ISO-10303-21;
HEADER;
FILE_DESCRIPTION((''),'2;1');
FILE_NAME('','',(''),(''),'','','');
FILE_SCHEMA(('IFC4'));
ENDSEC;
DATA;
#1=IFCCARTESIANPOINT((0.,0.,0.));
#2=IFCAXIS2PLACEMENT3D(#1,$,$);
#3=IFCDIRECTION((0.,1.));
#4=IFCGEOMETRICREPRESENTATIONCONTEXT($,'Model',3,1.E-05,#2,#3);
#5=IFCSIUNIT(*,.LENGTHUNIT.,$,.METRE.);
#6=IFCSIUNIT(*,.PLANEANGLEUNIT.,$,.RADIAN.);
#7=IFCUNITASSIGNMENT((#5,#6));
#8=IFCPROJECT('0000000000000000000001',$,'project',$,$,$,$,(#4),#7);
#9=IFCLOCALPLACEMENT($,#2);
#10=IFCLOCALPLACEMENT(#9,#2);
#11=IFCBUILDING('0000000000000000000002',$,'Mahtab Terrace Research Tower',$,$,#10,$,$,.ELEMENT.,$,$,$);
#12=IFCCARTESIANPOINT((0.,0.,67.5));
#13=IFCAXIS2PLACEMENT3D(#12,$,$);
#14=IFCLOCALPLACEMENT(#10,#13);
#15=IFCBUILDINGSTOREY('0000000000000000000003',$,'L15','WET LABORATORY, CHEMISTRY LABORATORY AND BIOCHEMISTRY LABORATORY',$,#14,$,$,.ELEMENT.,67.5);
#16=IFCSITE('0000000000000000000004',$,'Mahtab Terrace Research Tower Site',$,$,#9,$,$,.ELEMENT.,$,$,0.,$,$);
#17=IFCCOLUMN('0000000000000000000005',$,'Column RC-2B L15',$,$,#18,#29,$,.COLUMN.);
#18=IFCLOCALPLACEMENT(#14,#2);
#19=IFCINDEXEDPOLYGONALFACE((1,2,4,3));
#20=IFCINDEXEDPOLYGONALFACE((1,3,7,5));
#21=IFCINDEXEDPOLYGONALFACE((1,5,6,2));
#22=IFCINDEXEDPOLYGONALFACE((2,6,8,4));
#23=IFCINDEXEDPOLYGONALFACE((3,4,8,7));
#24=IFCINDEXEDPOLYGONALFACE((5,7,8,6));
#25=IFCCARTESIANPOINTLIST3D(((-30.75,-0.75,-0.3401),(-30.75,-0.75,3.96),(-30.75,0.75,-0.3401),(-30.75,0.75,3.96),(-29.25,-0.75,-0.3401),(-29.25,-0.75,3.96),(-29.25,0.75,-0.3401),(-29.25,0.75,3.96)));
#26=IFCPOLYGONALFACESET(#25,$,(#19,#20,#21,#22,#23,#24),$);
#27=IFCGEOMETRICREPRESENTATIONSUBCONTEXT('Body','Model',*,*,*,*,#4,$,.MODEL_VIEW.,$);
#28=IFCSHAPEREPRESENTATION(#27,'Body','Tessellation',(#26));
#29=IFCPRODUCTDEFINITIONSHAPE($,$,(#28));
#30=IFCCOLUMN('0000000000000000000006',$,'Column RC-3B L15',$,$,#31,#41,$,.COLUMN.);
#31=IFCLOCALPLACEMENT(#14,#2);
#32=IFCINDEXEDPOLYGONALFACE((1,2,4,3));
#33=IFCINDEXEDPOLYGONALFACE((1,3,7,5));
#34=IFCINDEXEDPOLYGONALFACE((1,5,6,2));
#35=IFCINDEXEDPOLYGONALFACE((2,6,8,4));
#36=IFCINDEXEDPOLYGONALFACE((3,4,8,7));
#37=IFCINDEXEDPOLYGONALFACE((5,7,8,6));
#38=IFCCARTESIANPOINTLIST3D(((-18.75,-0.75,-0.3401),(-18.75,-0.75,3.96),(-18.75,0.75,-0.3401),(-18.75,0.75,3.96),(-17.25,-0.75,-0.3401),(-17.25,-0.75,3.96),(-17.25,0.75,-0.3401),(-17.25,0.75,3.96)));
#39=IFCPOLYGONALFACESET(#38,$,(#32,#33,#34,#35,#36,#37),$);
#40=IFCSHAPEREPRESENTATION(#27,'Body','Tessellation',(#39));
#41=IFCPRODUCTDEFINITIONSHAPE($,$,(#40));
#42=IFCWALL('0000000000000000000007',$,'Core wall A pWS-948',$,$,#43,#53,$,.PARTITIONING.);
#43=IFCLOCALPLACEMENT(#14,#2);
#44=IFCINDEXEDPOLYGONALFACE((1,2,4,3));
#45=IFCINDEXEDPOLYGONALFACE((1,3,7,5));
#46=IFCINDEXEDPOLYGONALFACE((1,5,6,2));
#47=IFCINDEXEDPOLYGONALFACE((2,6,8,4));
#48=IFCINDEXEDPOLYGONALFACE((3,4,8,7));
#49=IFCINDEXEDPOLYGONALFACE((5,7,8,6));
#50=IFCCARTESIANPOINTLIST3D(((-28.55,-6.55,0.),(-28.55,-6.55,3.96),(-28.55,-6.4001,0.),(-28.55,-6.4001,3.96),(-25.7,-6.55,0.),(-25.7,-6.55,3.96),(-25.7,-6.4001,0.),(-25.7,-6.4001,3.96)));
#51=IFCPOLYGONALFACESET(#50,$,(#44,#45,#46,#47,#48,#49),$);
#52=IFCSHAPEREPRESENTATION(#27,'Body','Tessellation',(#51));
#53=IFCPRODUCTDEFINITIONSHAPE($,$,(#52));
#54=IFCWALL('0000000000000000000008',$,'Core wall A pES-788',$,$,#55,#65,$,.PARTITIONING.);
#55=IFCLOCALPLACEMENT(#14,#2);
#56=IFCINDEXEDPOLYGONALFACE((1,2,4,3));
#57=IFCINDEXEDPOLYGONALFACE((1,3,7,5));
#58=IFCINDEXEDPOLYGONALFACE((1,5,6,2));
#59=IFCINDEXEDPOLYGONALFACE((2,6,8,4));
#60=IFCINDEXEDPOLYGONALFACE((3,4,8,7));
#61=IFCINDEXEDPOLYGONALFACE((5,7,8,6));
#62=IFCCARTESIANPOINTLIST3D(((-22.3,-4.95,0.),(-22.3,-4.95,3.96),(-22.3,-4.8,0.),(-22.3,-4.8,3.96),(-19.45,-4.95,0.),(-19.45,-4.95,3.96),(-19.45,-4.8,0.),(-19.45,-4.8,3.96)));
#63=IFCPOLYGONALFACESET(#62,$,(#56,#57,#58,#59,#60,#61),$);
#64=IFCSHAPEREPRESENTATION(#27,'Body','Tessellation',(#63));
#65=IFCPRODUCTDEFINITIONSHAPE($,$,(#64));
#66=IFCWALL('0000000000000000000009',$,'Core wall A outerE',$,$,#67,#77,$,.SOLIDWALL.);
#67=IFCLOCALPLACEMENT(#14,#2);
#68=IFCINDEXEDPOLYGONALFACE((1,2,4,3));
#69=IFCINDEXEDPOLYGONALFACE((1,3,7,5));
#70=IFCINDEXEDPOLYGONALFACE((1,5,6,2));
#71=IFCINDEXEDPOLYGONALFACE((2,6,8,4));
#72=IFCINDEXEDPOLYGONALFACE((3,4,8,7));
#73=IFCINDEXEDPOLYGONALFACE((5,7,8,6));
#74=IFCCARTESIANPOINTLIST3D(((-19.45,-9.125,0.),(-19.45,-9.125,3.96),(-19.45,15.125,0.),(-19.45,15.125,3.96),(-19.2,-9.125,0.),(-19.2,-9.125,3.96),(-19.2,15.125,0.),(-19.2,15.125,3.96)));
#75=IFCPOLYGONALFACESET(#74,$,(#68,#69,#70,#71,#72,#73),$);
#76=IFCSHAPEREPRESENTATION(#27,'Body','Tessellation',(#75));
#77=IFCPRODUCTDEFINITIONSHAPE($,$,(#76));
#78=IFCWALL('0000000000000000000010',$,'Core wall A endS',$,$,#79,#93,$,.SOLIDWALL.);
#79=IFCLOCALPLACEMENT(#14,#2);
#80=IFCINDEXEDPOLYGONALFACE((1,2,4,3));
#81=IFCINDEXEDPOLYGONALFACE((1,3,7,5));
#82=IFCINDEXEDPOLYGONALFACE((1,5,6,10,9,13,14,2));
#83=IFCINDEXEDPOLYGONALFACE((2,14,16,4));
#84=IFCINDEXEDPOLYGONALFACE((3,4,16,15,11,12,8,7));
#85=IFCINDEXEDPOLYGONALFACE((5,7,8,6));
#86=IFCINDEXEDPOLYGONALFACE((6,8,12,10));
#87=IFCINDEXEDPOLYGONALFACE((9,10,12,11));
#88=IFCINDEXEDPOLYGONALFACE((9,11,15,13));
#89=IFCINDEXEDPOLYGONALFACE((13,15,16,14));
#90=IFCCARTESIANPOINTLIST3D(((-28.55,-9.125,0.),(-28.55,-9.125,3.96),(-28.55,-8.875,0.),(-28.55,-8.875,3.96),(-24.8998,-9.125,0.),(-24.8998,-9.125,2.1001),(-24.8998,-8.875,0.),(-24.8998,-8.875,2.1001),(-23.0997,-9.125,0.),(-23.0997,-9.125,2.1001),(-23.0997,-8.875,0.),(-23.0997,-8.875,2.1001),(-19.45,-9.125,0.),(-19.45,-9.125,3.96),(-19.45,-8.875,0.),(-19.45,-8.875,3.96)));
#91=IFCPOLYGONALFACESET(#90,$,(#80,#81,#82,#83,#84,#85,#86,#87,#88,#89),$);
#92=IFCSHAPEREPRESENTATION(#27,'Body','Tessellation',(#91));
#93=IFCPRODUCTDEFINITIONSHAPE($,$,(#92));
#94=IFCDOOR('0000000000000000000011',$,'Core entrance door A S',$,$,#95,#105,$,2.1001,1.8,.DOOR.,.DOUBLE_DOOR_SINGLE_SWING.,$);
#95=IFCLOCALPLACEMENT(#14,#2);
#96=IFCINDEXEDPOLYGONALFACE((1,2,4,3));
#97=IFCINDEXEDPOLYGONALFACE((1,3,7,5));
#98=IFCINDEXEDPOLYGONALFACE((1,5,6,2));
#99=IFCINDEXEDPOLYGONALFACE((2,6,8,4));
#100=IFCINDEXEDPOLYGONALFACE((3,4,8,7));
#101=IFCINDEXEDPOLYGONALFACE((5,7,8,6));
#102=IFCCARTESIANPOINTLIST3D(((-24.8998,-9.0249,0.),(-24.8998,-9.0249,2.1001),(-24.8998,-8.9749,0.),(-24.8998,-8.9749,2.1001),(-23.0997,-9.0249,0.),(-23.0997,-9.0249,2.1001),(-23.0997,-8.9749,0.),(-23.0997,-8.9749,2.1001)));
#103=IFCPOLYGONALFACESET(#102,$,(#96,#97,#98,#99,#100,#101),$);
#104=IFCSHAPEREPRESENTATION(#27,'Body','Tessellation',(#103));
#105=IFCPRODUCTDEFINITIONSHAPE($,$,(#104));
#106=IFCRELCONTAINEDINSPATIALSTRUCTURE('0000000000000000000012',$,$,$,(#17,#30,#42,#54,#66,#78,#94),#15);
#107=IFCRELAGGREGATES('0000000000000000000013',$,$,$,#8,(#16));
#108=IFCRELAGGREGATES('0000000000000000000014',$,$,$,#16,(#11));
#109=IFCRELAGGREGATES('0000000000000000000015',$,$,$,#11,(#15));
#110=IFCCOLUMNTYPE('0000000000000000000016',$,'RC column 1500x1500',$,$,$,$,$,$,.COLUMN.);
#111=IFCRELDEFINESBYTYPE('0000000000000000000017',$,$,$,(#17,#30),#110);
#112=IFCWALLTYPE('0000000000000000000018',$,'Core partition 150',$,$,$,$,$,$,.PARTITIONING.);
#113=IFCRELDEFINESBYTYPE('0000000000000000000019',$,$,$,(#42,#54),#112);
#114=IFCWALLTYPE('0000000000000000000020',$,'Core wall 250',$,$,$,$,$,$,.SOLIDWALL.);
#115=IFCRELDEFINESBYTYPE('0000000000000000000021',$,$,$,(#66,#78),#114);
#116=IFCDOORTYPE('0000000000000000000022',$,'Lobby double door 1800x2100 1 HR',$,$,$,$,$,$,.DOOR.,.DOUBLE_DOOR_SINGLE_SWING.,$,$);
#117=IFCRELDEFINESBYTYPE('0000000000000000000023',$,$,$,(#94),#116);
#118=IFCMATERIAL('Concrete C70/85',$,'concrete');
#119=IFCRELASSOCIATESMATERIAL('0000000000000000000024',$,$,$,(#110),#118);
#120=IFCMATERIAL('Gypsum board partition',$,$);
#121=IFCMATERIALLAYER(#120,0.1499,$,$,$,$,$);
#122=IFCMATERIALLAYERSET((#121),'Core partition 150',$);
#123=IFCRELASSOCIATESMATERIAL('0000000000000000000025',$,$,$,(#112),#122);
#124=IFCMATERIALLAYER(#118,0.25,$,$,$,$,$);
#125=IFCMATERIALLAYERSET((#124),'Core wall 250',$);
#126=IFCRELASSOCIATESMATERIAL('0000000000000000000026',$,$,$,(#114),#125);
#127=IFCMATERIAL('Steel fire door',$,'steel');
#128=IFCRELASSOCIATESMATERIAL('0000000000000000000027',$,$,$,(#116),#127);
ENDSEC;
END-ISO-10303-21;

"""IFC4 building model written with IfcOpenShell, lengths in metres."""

from ifc_helpers import new_model, si_unit, direction, frame, frame_2d, origin, origin_2d, place, context, subcontext, project, spatial, rectangle, extrude, material, layer, layer_set, material_profile, profile_set, type_object, element, fill, save


model = new_model("IFC4")

# Units and contexts
model_context = context("Model", 3, precision=1e-05, world=origin(), true_north=direction((0.0, 1.0)))
body_context = subcontext(model_context, "Body", "Model", "MODEL_VIEW")
ifc_project = project(units=[si_unit("LENGTHUNIT", "METRE"), si_unit("PLANEANGLEUNIT", "RADIAN")], contexts=[model_context])

# Site, building, storey
site_placement = place(None, origin())
site = spatial("IfcSite", under=ifc_project, at=site_placement, Name="Mahtab Terrace Research Tower Site", CompositionType="ELEMENT", RefElevation=0.0)
building_placement = place(site_placement, origin())
building = spatial("IfcBuilding", under=site, at=building_placement, Name="Mahtab Terrace Research Tower", CompositionType="ELEMENT")
storey_placement = place(building_placement, frame((0.0, 0.0, 67.5)))
storey = spatial("IfcBuildingStorey", under=building, at=storey_placement, Name="L15", Description="WET LABORATORY, CHEMISTRY LABORATORY AND BIOCHEMISTRY LABORATORY", CompositionType="ELEMENT", Elevation=67.5)

# Columns
ifc_material_1 = material(Name="Concrete C70/85", Category="concrete")
ifc_material_profile = material_profile(ifc_material_1, rectangle(XDim=1.5, YDim=1.5, at=origin_2d()), Name="RC column 1500x1500")
ifc_profile_set = profile_set([ifc_material_profile], Name="Concrete C70/85")
column_type = type_object("IfcColumnType", Name="RC column 1500x1500", PredefinedType="COLUMN", material=ifc_profile_set)
for number, where, z_axis, x_axis, name in (
    (1, (-30.0, 0.0, -0.3401), (0.0, 0.0, 1.0), (1.0, 0.0, 0.0), "Column RC-2B L15"),
    (2, (-18.0, 0.0, -0.3401), (0.0, 0.0, 1.0), (1.0, 0.0, 0.0), "Column RC-3B L15"),
):
    element("IfcColumn", number, at=place(storey_placement, frame(where, z_axis=z_axis, x_axis=x_axis)), inside=storey, type_object=column_type, Name=name, PredefinedType="COLUMN", context=body_context, shape_type="SweptSolid", body=[
        extrude(rectangle(XDim=1.5, YDim=1.5, at=origin_2d()), origin(), (0.0, 0.0, 1.0), 4.3),
    ])

# Walls
ifc_material_2 = material(Name="Gypsum board partition")
ifc_layer_1 = layer(ifc_material_2, 0.1499)
ifc_layer_set_1 = layer_set([ifc_layer_1], Name="Core partition 150")
wall_type_1 = type_object("IfcWallType", Name="Core partition 150", PredefinedType="PARTITIONING", material=ifc_layer_set_1)
for number, where, z_axis, x_axis, name in (
    (3, (-28.55, -6.4751, 0.0), (0.0, 0.0, 1.0), (1.0, 0.0, 0.0), "Core wall A pWS-948"),
    (4, (-22.3, -4.875, 0.0), (0.0, 0.0, 1.0), (1.0, 0.0, 0.0), "Core wall A pES-788"),
):
    element("IfcWall", number, at=place(storey_placement, frame(where, z_axis=z_axis, x_axis=x_axis)), inside=storey, type_object=wall_type_1, Name=name, PredefinedType="PARTITIONING", context=body_context, shape_type="SweptSolid", body=[
        extrude(rectangle(XDim=2.8501, YDim=0.1499, at=frame_2d((1.425, 0.0))), origin(), (0.0, 0.0, 1.0), 3.96),
    ])
ifc_layer_2 = layer(ifc_material_1, 0.25)
ifc_layer_set_2 = layer_set([ifc_layer_2], Name="Core wall 250")
wall_type_2 = type_object("IfcWallType", Name="Core wall 250", PredefinedType="SOLIDWALL", material=ifc_layer_set_2)
wall_1_placement = place(storey_placement, frame((-19.325, -9.125, 0.0), z_axis=(0.0, 0.0, 1.0), x_axis=(0.0, 1.0, 0.0)))
element("IfcWall", 5, at=wall_1_placement, inside=storey, type_object=wall_type_2, Name="Core wall A outerE", PredefinedType="SOLIDWALL", context=body_context, shape_type="SweptSolid", body=[
    extrude(rectangle(XDim=24.25, YDim=0.25, at=frame_2d((12.125, 0.0))), origin(), (0.0, 0.0, 1.0), 3.96),
])

# Wall, opening, door
wall_2_placement = place(storey_placement, frame((-19.45, -9.0, 0.0), z_axis=(0.0, 0.0, 1.0), x_axis=(-1.0, 0.0, 0.0)))
wall_2 = element("IfcWall", 6, at=wall_2_placement, inside=storey, type_object=wall_type_2, Name="Core wall A endS", PredefinedType="SOLIDWALL", context=body_context, shape_type="SweptSolid", body=[
    extrude(rectangle(XDim=9.1001, YDim=0.25, at=frame_2d((4.55, 0.0))), origin(), (0.0, 0.0, 1.0), 3.96),
])
opening_1_placement = place(wall_2_placement, frame((3.6499, 0.0, 0.0)))
opening_1 = element("IfcOpeningElement", 7, at=opening_1_placement, cuts=wall_2, PredefinedType="OPENING", context=body_context, shape_type="SweptSolid", body=[
    extrude(rectangle(XDim=1.8, YDim=2.1001, at=frame_2d((0.8999, 1.05))), frame((0.0, 0.135, 0.0), z_axis=(0.0, -1.0, 0.0), x_axis=(1.0, 0.0, 0.0)), (0.0, 0.0, 1.0), 0.27),
])
ifc_material_3 = material(Name="Steel fire door", Category="steel")
door_type_1 = type_object("IfcDoorType", Name="Lobby double door 1800x2100 1 HR", OperationType="DOUBLE_DOOR_SINGLE_SWING", PredefinedType="DOOR", material=ifc_material_3)
door_1_placement = place(opening_1_placement, origin())
door_1 = element("IfcDoor", 8, at=door_1_placement, inside=storey, type_object=door_type_1, Name="Core entrance door A S", OperationType="DOUBLE_DOOR_SINGLE_SWING", OverallHeight=2.1001, OverallWidth=1.8, PredefinedType="DOOR", context=body_context, shape_type="SweptSolid", body=[
    extrude(rectangle(XDim=1.8, YDim=2.1001, at=frame_2d((0.8999, 1.05))), frame((0.0, 0.0249, 0.0), z_axis=(0.0, -1.0, 0.0), x_axis=(1.0, 0.0, 0.0)), (0.0, 0.0, 1.0), 0.05),
])
fill(opening_1, door_1)

save(model, "model.ifc")
